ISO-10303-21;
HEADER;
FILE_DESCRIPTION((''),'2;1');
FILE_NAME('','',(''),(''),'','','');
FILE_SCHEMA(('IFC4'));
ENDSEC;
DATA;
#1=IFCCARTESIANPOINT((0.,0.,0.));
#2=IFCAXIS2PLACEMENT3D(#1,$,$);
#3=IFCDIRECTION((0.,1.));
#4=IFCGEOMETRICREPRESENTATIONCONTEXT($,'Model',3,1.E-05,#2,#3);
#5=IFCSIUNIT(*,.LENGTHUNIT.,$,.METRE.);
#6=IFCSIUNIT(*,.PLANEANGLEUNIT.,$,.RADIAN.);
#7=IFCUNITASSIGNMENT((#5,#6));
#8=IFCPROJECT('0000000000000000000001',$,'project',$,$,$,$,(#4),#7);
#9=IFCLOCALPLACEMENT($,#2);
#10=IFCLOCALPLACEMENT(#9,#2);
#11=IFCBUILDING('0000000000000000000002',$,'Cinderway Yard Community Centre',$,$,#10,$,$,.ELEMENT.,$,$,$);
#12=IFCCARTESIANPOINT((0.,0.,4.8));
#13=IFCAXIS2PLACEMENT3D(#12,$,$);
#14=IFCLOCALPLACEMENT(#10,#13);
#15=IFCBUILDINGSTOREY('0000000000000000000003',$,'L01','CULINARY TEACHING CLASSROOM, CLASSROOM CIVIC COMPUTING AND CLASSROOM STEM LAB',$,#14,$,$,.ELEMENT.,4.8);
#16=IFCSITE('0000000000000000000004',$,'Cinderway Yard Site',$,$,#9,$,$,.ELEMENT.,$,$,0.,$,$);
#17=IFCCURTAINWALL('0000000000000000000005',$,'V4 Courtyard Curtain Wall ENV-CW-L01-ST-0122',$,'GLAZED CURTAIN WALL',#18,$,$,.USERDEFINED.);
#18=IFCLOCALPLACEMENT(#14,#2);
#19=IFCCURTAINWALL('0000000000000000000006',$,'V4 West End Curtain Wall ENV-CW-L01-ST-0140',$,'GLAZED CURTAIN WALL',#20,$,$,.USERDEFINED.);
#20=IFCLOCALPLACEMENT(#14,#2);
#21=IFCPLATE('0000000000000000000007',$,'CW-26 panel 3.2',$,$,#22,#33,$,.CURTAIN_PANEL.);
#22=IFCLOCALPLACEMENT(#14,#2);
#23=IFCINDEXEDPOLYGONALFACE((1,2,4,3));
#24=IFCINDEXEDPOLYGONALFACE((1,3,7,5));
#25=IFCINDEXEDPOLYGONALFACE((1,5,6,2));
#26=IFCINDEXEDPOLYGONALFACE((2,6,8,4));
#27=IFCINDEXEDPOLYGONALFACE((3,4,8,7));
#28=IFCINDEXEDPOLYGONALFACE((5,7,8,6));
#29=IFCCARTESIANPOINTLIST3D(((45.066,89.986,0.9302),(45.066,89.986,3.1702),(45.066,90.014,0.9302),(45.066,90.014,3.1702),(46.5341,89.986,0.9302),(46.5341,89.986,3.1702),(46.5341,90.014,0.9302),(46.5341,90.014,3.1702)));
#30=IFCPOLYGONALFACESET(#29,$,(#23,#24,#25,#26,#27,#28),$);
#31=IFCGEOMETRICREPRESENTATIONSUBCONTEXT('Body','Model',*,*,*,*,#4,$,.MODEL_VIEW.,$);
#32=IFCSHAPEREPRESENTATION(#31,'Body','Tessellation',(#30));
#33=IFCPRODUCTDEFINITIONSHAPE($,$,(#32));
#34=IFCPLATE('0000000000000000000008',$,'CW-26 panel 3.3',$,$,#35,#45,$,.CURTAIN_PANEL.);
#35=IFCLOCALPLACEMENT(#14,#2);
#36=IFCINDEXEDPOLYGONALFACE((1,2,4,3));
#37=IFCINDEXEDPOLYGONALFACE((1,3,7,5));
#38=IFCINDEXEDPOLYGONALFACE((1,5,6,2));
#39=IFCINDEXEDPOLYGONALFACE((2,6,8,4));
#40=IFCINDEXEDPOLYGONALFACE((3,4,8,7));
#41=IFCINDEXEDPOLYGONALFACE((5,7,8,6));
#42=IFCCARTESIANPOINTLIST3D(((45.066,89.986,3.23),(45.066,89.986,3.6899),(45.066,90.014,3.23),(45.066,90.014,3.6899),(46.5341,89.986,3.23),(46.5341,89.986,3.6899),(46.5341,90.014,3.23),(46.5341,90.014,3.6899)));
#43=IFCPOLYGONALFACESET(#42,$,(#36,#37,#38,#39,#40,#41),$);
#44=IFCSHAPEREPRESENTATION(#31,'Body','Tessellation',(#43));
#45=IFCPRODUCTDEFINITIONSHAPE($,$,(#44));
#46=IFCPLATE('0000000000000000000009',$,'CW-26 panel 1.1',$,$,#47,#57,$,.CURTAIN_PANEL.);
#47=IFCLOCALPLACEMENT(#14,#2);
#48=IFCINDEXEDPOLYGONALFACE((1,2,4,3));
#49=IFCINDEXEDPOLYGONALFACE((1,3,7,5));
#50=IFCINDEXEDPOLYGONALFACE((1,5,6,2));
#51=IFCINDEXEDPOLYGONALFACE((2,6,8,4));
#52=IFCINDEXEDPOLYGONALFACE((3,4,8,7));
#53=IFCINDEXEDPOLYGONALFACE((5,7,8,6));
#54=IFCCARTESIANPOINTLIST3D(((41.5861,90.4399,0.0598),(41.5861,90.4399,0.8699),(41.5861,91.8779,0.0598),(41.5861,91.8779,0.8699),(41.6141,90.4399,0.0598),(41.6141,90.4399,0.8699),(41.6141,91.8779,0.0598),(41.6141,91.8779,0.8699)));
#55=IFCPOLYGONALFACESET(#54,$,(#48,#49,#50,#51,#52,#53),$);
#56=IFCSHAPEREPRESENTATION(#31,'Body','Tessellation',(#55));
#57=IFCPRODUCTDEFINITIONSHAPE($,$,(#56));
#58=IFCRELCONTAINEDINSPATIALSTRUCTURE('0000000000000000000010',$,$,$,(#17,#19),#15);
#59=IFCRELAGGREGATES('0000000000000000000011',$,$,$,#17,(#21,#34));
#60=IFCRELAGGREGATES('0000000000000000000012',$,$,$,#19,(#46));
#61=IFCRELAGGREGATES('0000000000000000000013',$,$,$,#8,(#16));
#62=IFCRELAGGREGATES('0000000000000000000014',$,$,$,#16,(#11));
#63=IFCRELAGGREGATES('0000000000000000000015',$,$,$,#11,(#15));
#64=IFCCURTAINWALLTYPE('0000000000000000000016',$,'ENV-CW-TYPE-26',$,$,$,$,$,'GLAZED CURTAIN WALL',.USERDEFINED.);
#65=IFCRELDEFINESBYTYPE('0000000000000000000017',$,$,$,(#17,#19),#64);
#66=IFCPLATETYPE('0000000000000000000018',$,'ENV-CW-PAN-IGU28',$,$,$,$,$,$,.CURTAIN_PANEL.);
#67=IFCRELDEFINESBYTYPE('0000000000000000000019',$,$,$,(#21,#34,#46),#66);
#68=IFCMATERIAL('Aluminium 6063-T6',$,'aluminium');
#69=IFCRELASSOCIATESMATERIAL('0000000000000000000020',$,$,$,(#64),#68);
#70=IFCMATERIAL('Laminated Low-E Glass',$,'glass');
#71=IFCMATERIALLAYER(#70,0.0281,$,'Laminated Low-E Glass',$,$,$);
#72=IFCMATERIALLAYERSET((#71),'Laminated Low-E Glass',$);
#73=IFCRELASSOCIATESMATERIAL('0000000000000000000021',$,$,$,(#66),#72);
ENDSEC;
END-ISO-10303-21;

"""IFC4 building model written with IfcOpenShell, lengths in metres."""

from ifc_helpers import new_model, si_unit, direction, frame, origin, origin_2d, place, context, subcontext, project, spatial, rectangle, extrude, material, layer, layer_set, type_object, element, aggregate, save


model = new_model("IFC4")

# Units and contexts
model_context = context("Model", 3, precision=1e-05, world=origin(), true_north=direction((0.0, 1.0)))
body_context = subcontext(model_context, "Body", "Model", "MODEL_VIEW")
ifc_project = project(units=[si_unit("LENGTHUNIT", "METRE"), si_unit("PLANEANGLEUNIT", "RADIAN")], contexts=[model_context])

# Site, building, storey
site_placement = place(None, origin())
site = spatial("IfcSite", under=ifc_project, at=site_placement, Name="Cinderway Yard Site", CompositionType="ELEMENT", RefElevation=0.0)
building_placement = place(site_placement, origin())
building = spatial("IfcBuilding", under=site, at=building_placement, Name="Cinderway Yard Community Centre", CompositionType="ELEMENT")
storey_placement = place(building_placement, frame((0.0, 0.0, 4.8)))
storey = spatial("IfcBuildingStorey", under=building, at=storey_placement, Name="L01", Description="CULINARY TEACHING CLASSROOM, CLASSROOM CIVIC COMPUTING AND CLASSROOM STEM LAB", CompositionType="ELEMENT", Elevation=4.8)

# Curtain wall
ifc_material_1 = material(Name="Aluminium 6063-T6", Category="aluminium")
curtain_wall_type = type_object("IfcCurtainWallType", Name="ENV-CW-TYPE-26", ElementType="GLAZED CURTAIN WALL", PredefinedType="USERDEFINED", material=ifc_material_1)
curtain_wall_1_placement = place(storey_placement, origin())
curtain_wall_1 = element("IfcCurtainWall", 1, at=curtain_wall_1_placement, inside=storey, type_object=curtain_wall_type, Name="V4 Courtyard Curtain Wall ENV-CW-L01-ST-0122", ObjectType="GLAZED CURTAIN WALL", PredefinedType="USERDEFINED")

# Curtain wall
curtain_wall_2_placement = place(storey_placement, origin())
curtain_wall_2 = element("IfcCurtainWall", 2, at=curtain_wall_2_placement, inside=storey, type_object=curtain_wall_type, Name="V4 West End Curtain Wall ENV-CW-L01-ST-0140", ObjectType="GLAZED CURTAIN WALL", PredefinedType="USERDEFINED")

# Plates
ifc_material_2 = material(Name="Laminated Low-E Glass", Category="glass")
ifc_layer = layer(ifc_material_2, 0.0281, Name="Laminated Low-E Glass")
ifc_layer_set = layer_set([ifc_layer], Name="Laminated Low-E Glass")
plate_type = type_object("IfcPlateType", Name="ENV-CW-PAN-IGU28", PredefinedType="CURTAIN_PANEL", material=ifc_layer_set)
plate_1_placement = place(storey_placement, frame((45.8, 90.0, 0.9302), z_axis=(0.0, 0.0, 1.0), x_axis=(1.0, 0.0, 0.0)))
plate_1 = element("IfcPlate", 3, at=plate_1_placement, type_object=plate_type, Name="CW-26 panel 3.2", PredefinedType="CURTAIN_PANEL", context=body_context, shape_type="SweptSolid", body=[
    extrude(rectangle(XDim=1.468, YDim=0.0281, at=origin_2d()), origin(), (0.0, 0.0, 1.0), 2.24),
])
plate_2_placement = place(storey_placement, frame((45.8, 90.0, 3.23), z_axis=(0.0, 0.0, 1.0), x_axis=(1.0, 0.0, 0.0)))
plate_2 = element("IfcPlate", 4, at=plate_2_placement, type_object=plate_type, Name="CW-26 panel 3.3", PredefinedType="CURTAIN_PANEL", context=body_context, shape_type="SweptSolid", body=[
    extrude(rectangle(XDim=1.468, YDim=0.0281, at=origin_2d()), origin(), (0.0, 0.0, 1.0), 0.46),
])
aggregate(curtain_wall_1, [plate_1, plate_2])
plate_3_placement = place(storey_placement, frame((41.6001, 91.1589, 0.0598), z_axis=(0.0, 0.0, 1.0), x_axis=(0.0, 1.0, 0.0)))
plate_3 = element("IfcPlate", 5, at=plate_3_placement, type_object=plate_type, Name="CW-26 panel 1.1", PredefinedType="CURTAIN_PANEL", context=body_context, shape_type="SweptSolid", body=[
    extrude(rectangle(XDim=1.438, YDim=0.0281, at=origin_2d()), origin(), (0.0, 0.0, 1.0), 0.8101),
])
aggregate(curtain_wall_2, [plate_3])

save(model, "model.ifc")
